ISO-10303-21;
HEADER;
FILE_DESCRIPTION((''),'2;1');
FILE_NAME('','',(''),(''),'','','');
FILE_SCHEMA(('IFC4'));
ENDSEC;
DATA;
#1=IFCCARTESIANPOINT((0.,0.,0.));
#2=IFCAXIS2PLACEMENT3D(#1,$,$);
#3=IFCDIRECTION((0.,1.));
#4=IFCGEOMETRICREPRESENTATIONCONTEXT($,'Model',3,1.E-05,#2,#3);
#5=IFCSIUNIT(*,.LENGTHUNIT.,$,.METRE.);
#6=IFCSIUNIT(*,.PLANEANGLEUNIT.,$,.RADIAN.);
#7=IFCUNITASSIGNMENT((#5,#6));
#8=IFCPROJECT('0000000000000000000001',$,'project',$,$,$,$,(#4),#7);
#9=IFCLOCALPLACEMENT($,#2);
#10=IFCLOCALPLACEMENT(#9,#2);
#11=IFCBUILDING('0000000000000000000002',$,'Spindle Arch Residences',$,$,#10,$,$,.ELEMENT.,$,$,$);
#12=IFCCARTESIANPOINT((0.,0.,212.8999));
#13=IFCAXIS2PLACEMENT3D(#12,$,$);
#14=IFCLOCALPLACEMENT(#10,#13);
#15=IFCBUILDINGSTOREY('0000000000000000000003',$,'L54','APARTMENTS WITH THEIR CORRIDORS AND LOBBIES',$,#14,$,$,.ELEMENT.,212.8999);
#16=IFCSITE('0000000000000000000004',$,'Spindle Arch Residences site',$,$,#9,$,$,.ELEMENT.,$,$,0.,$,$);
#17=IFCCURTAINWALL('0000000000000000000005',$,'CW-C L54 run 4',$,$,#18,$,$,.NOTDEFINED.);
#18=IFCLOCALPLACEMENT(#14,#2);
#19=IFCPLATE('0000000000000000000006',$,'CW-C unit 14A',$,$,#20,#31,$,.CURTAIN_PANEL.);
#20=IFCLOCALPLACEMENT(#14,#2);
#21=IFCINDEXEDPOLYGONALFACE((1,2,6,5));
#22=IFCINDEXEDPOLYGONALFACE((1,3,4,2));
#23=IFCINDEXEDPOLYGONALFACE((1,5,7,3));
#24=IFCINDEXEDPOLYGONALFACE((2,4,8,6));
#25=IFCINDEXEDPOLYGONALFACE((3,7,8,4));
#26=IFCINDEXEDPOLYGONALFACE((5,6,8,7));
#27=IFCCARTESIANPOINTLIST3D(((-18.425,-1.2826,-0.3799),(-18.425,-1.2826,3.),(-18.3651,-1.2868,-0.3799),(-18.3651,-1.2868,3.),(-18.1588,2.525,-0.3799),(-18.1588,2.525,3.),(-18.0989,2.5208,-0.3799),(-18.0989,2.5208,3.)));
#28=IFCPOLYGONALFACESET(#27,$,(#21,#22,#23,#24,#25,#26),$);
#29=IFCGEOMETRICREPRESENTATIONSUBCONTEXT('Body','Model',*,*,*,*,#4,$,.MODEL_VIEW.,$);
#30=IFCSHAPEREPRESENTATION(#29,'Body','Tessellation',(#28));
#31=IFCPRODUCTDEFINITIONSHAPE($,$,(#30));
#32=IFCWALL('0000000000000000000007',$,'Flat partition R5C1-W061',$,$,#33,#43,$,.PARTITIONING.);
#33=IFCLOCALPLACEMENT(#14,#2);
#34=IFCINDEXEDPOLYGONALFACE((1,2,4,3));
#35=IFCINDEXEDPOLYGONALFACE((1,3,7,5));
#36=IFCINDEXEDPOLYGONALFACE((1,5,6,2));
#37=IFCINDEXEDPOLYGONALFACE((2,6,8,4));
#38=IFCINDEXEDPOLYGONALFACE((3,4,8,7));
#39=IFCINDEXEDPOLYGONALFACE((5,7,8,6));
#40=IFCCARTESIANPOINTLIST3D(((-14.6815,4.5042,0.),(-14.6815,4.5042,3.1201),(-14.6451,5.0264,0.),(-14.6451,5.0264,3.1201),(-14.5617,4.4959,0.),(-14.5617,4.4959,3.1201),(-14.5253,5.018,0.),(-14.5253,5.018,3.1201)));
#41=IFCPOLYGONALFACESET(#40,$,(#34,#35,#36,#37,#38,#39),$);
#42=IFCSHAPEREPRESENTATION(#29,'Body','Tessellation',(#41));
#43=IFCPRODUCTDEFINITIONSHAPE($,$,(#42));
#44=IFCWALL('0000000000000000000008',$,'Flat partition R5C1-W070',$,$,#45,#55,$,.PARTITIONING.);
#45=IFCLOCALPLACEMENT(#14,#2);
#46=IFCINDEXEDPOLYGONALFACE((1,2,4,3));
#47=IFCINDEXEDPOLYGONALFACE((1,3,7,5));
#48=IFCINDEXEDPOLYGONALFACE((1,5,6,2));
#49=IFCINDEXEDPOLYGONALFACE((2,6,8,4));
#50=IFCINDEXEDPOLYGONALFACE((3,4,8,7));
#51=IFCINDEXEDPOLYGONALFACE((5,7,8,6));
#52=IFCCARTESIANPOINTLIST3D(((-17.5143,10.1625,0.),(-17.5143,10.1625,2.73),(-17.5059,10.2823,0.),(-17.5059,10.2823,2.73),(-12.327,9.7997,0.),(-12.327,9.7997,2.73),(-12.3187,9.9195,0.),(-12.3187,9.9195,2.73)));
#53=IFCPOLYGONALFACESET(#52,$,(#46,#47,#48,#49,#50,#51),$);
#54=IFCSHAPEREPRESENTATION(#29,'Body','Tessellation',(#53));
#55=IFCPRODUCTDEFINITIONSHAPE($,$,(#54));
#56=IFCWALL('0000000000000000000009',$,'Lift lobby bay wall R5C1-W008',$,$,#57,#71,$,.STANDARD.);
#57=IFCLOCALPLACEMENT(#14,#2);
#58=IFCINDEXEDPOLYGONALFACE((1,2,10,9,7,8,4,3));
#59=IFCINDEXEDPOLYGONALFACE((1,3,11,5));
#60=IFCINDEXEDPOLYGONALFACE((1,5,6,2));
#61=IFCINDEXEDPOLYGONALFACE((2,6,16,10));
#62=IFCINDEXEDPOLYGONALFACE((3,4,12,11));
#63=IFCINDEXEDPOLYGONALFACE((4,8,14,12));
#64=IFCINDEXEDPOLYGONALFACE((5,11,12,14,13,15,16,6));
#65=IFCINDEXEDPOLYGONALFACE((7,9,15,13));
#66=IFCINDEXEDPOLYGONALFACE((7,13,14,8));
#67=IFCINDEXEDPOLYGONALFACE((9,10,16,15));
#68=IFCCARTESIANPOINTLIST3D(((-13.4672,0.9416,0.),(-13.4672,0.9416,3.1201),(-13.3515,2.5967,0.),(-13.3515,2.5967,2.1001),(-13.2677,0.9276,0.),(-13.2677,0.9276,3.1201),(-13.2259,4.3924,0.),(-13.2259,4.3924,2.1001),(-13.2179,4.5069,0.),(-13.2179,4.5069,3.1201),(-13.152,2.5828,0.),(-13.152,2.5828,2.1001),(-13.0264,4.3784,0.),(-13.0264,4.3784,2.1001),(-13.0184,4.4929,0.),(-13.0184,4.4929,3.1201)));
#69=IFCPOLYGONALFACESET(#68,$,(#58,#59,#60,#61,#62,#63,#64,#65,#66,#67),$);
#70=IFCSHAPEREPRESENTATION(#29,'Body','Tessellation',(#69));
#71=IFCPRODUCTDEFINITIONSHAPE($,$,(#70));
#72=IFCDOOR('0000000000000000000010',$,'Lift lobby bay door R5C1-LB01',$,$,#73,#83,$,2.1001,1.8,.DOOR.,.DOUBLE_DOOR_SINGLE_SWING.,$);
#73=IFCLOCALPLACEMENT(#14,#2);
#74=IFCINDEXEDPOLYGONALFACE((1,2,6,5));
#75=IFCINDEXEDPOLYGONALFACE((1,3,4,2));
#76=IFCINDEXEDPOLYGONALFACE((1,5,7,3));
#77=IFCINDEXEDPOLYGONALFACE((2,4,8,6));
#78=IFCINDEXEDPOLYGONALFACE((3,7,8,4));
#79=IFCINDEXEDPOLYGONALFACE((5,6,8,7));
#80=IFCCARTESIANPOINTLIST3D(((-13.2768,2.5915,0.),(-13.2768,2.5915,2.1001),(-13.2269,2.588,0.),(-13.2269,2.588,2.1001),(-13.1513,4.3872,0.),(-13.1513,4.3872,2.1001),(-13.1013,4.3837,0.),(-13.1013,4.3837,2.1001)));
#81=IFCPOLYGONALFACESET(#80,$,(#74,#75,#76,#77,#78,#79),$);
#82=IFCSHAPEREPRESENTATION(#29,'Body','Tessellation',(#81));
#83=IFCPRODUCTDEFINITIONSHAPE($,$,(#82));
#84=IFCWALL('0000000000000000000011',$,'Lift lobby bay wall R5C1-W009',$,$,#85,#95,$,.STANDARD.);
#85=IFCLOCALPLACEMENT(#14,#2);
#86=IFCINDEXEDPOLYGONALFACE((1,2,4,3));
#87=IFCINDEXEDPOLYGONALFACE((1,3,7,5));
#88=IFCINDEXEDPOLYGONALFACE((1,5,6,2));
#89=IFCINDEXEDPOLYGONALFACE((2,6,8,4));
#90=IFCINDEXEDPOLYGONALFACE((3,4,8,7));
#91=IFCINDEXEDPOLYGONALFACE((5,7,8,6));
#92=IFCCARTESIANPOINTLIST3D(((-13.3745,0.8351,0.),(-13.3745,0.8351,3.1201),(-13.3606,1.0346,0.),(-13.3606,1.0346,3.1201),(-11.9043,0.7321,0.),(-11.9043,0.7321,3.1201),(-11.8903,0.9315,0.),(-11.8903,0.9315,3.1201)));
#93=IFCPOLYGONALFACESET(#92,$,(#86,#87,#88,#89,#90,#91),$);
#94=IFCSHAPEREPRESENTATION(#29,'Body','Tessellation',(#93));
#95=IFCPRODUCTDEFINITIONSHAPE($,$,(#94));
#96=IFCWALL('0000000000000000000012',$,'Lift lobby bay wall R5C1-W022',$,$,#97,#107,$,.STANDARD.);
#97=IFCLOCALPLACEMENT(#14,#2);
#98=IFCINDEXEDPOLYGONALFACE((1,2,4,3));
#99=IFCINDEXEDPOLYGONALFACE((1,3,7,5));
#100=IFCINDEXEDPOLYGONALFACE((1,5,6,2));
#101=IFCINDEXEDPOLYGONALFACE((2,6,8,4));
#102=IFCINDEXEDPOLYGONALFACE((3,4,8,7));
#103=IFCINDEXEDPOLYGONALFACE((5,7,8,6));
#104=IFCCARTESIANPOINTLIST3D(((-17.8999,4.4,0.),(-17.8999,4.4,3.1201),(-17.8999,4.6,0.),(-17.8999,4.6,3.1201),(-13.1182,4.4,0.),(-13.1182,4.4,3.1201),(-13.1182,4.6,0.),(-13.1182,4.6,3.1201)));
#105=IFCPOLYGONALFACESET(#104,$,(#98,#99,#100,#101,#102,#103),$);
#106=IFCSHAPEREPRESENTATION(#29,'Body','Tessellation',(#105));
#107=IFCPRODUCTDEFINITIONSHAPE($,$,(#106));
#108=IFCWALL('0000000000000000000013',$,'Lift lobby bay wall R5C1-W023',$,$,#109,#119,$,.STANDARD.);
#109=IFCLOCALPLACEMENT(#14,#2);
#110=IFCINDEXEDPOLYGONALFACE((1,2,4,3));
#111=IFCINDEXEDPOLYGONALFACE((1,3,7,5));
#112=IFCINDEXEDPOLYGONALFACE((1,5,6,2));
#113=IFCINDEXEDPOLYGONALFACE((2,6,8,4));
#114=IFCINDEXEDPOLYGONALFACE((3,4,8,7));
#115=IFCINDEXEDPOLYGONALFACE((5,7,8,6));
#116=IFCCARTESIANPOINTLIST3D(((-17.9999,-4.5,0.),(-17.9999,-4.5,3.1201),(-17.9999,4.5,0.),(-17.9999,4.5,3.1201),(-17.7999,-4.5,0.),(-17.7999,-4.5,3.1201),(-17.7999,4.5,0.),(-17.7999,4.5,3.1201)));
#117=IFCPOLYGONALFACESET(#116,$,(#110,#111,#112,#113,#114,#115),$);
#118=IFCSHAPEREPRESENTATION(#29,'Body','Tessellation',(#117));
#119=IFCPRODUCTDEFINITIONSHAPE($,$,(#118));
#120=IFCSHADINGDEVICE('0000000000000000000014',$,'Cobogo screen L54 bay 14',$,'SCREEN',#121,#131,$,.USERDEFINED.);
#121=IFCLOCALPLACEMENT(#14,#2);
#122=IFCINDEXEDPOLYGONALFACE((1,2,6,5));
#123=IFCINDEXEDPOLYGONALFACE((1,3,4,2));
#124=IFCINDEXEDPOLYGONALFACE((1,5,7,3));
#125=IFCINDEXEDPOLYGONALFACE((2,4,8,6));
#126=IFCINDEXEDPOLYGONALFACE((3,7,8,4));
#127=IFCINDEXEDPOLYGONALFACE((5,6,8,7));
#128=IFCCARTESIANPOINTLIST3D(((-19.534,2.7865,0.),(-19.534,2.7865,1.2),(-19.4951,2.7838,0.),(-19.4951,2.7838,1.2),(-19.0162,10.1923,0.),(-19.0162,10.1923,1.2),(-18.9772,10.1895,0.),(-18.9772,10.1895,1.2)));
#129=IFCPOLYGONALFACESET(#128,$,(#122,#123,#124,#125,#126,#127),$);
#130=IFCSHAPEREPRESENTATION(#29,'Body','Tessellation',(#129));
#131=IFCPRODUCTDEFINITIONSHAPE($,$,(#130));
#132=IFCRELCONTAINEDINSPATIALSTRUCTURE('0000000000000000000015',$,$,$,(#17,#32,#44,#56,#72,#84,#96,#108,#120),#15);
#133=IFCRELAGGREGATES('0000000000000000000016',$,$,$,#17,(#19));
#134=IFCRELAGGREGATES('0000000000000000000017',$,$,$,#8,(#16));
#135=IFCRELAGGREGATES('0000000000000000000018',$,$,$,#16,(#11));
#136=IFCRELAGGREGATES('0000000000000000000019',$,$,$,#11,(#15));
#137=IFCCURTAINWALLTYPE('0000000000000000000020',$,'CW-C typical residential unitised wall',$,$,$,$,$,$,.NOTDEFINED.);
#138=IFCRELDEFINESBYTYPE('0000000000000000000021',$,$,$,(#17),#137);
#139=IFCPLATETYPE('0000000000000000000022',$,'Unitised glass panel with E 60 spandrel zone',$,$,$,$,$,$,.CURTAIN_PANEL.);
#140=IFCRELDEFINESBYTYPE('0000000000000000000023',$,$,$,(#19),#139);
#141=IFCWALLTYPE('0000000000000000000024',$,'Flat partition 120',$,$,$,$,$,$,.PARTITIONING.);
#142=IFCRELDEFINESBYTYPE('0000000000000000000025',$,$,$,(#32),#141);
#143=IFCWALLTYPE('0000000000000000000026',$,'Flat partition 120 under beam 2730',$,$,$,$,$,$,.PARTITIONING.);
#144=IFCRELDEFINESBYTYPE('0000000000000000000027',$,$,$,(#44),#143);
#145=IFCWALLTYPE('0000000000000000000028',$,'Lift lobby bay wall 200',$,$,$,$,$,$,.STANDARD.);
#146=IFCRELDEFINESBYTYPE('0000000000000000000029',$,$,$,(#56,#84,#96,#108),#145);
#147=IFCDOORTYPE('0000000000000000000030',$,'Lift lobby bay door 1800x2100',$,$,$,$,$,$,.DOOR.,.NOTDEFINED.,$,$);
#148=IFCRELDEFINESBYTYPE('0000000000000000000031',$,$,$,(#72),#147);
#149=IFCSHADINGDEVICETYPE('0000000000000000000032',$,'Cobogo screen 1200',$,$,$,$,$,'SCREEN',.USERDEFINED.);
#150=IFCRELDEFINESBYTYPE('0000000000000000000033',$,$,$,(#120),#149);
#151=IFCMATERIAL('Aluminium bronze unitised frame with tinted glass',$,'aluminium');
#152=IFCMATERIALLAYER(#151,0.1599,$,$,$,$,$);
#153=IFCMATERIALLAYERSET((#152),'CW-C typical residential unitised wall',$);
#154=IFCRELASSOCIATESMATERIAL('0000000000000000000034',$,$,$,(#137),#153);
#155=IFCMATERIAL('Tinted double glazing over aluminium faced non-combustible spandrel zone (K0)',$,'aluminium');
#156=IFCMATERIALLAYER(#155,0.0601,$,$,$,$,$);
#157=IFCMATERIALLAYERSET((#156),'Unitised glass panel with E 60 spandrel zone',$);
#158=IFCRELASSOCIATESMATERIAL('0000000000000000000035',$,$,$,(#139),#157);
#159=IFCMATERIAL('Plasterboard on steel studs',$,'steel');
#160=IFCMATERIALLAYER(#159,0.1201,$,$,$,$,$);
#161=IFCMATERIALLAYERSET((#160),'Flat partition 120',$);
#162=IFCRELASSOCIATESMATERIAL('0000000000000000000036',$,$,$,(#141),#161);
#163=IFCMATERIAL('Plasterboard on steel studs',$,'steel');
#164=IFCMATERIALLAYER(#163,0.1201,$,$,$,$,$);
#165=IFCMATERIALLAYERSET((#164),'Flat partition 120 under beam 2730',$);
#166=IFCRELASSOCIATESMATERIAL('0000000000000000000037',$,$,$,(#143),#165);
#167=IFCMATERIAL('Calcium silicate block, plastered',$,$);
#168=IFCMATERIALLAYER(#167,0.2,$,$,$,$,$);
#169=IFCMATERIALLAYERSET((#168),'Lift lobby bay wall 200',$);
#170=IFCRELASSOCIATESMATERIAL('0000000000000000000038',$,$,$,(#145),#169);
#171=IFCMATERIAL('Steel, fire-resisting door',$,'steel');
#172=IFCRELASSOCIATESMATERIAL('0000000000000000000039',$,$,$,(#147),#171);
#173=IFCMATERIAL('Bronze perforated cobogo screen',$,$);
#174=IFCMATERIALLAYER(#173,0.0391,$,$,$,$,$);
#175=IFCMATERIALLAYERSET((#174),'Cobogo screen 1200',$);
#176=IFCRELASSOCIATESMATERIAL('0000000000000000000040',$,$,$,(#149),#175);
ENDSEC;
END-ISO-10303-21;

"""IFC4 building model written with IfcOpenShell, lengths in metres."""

from ifc_helpers import new_model, si_unit, direction, frame, frame_2d, origin, origin_2d, place, context, subcontext, project, spatial, rectangle, extrude, material, layer, layer_set, type_object, element, fill, aggregate, save


model = new_model("IFC4")

# Units and contexts
model_context = context("Model", 3, precision=1e-05, world=origin(), true_north=direction((0.0, 1.0)))
body_context = subcontext(model_context, "Body", "Model", "MODEL_VIEW")
ifc_project = project(units=[si_unit("LENGTHUNIT", "METRE"), si_unit("PLANEANGLEUNIT", "RADIAN")], contexts=[model_context])

# Site, building, storey
site_placement = place(None, origin())
site = spatial("IfcSite", under=ifc_project, at=site_placement, Name="Spindle Arch Residences site", CompositionType="ELEMENT", RefElevation=0.0)
building_placement = place(site_placement, origin())
building = spatial("IfcBuilding", under=site, at=building_placement, Name="Spindle Arch Residences", CompositionType="ELEMENT")
storey_placement = place(building_placement, frame((0.0, 0.0, 212.8999)))
storey = spatial("IfcBuildingStorey", under=building, at=storey_placement, Name="L54", Description="APARTMENTS WITH THEIR CORRIDORS AND LOBBIES", CompositionType="ELEMENT", Elevation=212.8999)

# Curtain wall
ifc_material_1 = material(Name="Aluminium bronze unitised frame with tinted glass", Category="aluminium")
ifc_layer_1 = layer(ifc_material_1, 0.1599)
ifc_layer_set_1 = layer_set([ifc_layer_1], Name="CW-C typical residential unitised wall")
curtain_wall_type = type_object("IfcCurtainWallType", Name="CW-C typical residential unitised wall", PredefinedType="NOTDEFINED", material=ifc_layer_set_1)
curtain_wall_placement = place(storey_placement, origin())
curtain_wall = element("IfcCurtainWall", 1, at=curtain_wall_placement, inside=storey, type_object=curtain_wall_type, Name="CW-C L54 run 4", PredefinedType="NOTDEFINED")

# Plate
ifc_material_2 = material(Name="Tinted double glazing over aluminium faced non-combustible spandrel zone (K0)", Category="aluminium")
ifc_layer_2 = layer(ifc_material_2, 0.0601)
ifc_layer_set_2 = layer_set([ifc_layer_2], Name="Unitised glass panel with E 60 spandrel zone")
plate_type = type_object("IfcPlateType", Name="Unitised glass panel with E 60 spandrel zone", PredefinedType="CURTAIN_PANEL", material=ifc_layer_set_2)
plate_1_placement = place(storey_placement, frame((-18.262, 0.6191, -0.3799), z_axis=(0.0, 0.0, 1.0), x_axis=(-0.069756, -0.997564, 0.0)))
plate_1 = element("IfcPlate", 2, at=plate_1_placement, type_object=plate_type, Name="CW-C unit 14A", PredefinedType="CURTAIN_PANEL", context=body_context, shape_type="SweptSolid", body=[
    extrude(rectangle(XDim=3.8169, YDim=0.0601, at=origin_2d()), origin(), (0.0, 0.0, 1.0), 3.3799),
])
aggregate(curtain_wall, [plate_1])

# Walls
ifc_material_3 = material(Name="Plasterboard on steel studs", Category="steel")
ifc_layer_3 = layer(ifc_material_3, 0.1201)
ifc_layer_set_3 = layer_set([ifc_layer_3], Name="Flat partition 120")
wall_type_1 = type_object("IfcWallType", Name="Flat partition 120", PredefinedType="PARTITIONING", material=ifc_layer_set_3)
wall_1_placement = place(storey_placement, frame((-14.5852, 5.0222, 0.0), z_axis=(0.0, 0.0, 1.0), x_axis=(-0.06949, -0.997583, 0.0)))
element("IfcWall", 3, at=wall_1_placement, inside=storey, type_object=wall_type_1, Name="Flat partition R5C1-W061", PredefinedType="PARTITIONING", context=body_context, shape_type="SweptSolid", body=[
    extrude(rectangle(XDim=0.5234, YDim=0.1201, at=frame_2d((0.2617, 0.0))), origin(), (0.0, 0.0, 1.0), 3.1201),
])
ifc_material_4 = material(Name="Plasterboard on steel studs", Category="steel")
ifc_layer_4 = layer(ifc_material_4, 0.1201)
ifc_layer_set_4 = layer_set([ifc_layer_4], Name="Flat partition 120 under beam 2730")
wall_type_2 = type_object("IfcWallType", Name="Flat partition 120 under beam 2730", PredefinedType="PARTITIONING", material=ifc_layer_set_4)
wall_2_placement = place(storey_placement, frame((-17.5103, 10.2224, 0.0), z_axis=(0.0, 0.0, 1.0), x_axis=(0.997563, -0.069769, 0.0)))
element("IfcWall", 4, at=wall_2_placement, inside=storey, type_object=wall_type_2, Name="Flat partition R5C1-W070", PredefinedType="PARTITIONING", context=body_context, shape_type="SweptSolid", body=[
    extrude(rectangle(XDim=5.2, YDim=0.1201, at=frame_2d((2.6001, 0.0))), origin(), (0.0, 0.0, 1.0), 2.73),
])

# Wall, opening, door
ifc_material_5 = material(Name="Calcium silicate block, plastered")
ifc_layer_5 = layer(ifc_material_5, 0.2)
ifc_layer_set_5 = layer_set([ifc_layer_5], Name="Lift lobby bay wall 200")
wall_type_3 = type_object("IfcWallType", Name="Lift lobby bay wall 200", PredefinedType="STANDARD", material=ifc_layer_set_5)
wall_3_placement = place(storey_placement, frame((-13.1182, 4.5, 0.0), z_axis=(0.0, 0.0, 1.0), x_axis=(-0.069747, -0.997565, 0.0)))
wall_3 = element("IfcWall", 5, at=wall_3_placement, inside=storey, type_object=wall_type_3, Name="Lift lobby bay wall R5C1-W008", PredefinedType="STANDARD", context=body_context, shape_type="SweptSolid", body=[
    extrude(rectangle(XDim=3.574, YDim=0.2, at=frame_2d((1.7871, 0.0))), origin(), (0.0, 0.0, 1.0), 3.1201),
])
opening_1_placement = place(wall_3_placement, frame((0.115, 0.0, 0.0)))
opening_1 = element("IfcOpeningElement", 6, at=opening_1_placement, cuts=wall_3, PredefinedType="OPENING", context=body_context, shape_type="SweptSolid", body=[
    extrude(rectangle(XDim=1.8, YDim=2.1001, at=frame_2d((0.8999, 1.05))), frame((0.0, 0.1099, 0.0), z_axis=(0.0, -1.0, 0.0), x_axis=(1.0, 0.0, 0.0)), (0.0, 0.0, 1.0), 0.22),
])
ifc_material_6 = material(Name="Steel, fire-resisting door", Category="steel")
door_type_1 = type_object("IfcDoorType", Name="Lift lobby bay door 1800x2100", OperationType="NOTDEFINED", PredefinedType="DOOR", material=ifc_material_6)
door_1_placement = place(opening_1_placement, origin())
door_1 = element("IfcDoor", 7, at=door_1_placement, inside=storey, type_object=door_type_1, Name="Lift lobby bay door R5C1-LB01", OperationType="DOUBLE_DOOR_SINGLE_SWING", OverallHeight=2.1001, OverallWidth=1.8, PredefinedType="DOOR", context=body_context, shape_type="SweptSolid", body=[
    extrude(rectangle(XDim=1.8, YDim=2.1001, at=frame_2d((0.8999, 1.05))), frame((0.0, 0.0249, 0.0), z_axis=(0.0, -1.0, 0.0), x_axis=(1.0, 0.0, 0.0)), (0.0, 0.0, 1.0), 0.05),
])
fill(opening_1, door_1)

# Walls
wall_4_placement = place(storey_placement, frame((-13.3674, 0.9348, 0.0), z_axis=(0.0, 0.0, 1.0), x_axis=(0.997554, -0.069905, 0.0)))
element("IfcWall", 8, at=wall_4_placement, inside=storey, type_object=wall_type_3, Name="Lift lobby bay wall R5C1-W009", PredefinedType="STANDARD", context=body_context, shape_type="SweptSolid", body=[
    extrude(rectangle(XDim=1.4739, YDim=0.2, at=frame_2d((0.7368, 0.0))), origin(), (0.0, 0.0, 1.0), 3.1201),
])
wall_5_placement = place(storey_placement, frame((-13.1182, 4.5, 0.0), z_axis=(0.0, 0.0, 1.0), x_axis=(-1.0, 0.0, 0.0)))
element("IfcWall", 9, at=wall_5_placement, inside=storey, type_object=wall_type_3, Name="Lift lobby bay wall R5C1-W022", PredefinedType="STANDARD", context=body_context, shape_type="SweptSolid", body=[
    extrude(rectangle(XDim=4.7817, YDim=0.2, at=frame_2d((2.3909, 0.0))), origin(), (0.0, 0.0, 1.0), 3.1201),
])
wall_6_placement = place(storey_placement, frame((-17.8999, 4.5, 0.0), z_axis=(0.0, 0.0, 1.0), x_axis=(0.0, -1.0, 0.0)))
element("IfcWall", 10, at=wall_6_placement, inside=storey, type_object=wall_type_3, Name="Lift lobby bay wall R5C1-W023", PredefinedType="STANDARD", context=body_context, shape_type="SweptSolid", body=[
    extrude(rectangle(XDim=9.0, YDim=0.2, at=frame_2d((4.5, 0.0))), origin(), (0.0, 0.0, 1.0), 3.1201),
])

# Shading device
ifc_material_7 = material(Name="Bronze perforated cobogo screen")
ifc_layer_6 = layer(ifc_material_7, 0.0391)
ifc_layer_set_6 = layer_set([ifc_layer_6], Name="Cobogo screen 1200")
shading_device_type = type_object("IfcShadingDeviceType", Name="Cobogo screen 1200", ElementType="SCREEN", PredefinedType="USERDEFINED", material=ifc_layer_set_6)
shading_device_placement = place(storey_placement, frame((-19.2556, 6.488, 0.0), z_axis=(0.0, 0.0, 1.0), x_axis=(-0.069756, -0.997564, 0.0)))
element("IfcShadingDevice", 11, at=shading_device_placement, inside=storey, type_object=shading_device_type, Name="Cobogo screen L54 bay 14", ObjectType="SCREEN", PredefinedType="USERDEFINED", context=body_context, shape_type="SweptSolid", body=[
    extrude(rectangle(XDim=7.4238, YDim=0.0391, at=origin_2d()), origin(), (0.0, 0.0, 1.0), 1.2),
])

save(model, "model.ifc")
